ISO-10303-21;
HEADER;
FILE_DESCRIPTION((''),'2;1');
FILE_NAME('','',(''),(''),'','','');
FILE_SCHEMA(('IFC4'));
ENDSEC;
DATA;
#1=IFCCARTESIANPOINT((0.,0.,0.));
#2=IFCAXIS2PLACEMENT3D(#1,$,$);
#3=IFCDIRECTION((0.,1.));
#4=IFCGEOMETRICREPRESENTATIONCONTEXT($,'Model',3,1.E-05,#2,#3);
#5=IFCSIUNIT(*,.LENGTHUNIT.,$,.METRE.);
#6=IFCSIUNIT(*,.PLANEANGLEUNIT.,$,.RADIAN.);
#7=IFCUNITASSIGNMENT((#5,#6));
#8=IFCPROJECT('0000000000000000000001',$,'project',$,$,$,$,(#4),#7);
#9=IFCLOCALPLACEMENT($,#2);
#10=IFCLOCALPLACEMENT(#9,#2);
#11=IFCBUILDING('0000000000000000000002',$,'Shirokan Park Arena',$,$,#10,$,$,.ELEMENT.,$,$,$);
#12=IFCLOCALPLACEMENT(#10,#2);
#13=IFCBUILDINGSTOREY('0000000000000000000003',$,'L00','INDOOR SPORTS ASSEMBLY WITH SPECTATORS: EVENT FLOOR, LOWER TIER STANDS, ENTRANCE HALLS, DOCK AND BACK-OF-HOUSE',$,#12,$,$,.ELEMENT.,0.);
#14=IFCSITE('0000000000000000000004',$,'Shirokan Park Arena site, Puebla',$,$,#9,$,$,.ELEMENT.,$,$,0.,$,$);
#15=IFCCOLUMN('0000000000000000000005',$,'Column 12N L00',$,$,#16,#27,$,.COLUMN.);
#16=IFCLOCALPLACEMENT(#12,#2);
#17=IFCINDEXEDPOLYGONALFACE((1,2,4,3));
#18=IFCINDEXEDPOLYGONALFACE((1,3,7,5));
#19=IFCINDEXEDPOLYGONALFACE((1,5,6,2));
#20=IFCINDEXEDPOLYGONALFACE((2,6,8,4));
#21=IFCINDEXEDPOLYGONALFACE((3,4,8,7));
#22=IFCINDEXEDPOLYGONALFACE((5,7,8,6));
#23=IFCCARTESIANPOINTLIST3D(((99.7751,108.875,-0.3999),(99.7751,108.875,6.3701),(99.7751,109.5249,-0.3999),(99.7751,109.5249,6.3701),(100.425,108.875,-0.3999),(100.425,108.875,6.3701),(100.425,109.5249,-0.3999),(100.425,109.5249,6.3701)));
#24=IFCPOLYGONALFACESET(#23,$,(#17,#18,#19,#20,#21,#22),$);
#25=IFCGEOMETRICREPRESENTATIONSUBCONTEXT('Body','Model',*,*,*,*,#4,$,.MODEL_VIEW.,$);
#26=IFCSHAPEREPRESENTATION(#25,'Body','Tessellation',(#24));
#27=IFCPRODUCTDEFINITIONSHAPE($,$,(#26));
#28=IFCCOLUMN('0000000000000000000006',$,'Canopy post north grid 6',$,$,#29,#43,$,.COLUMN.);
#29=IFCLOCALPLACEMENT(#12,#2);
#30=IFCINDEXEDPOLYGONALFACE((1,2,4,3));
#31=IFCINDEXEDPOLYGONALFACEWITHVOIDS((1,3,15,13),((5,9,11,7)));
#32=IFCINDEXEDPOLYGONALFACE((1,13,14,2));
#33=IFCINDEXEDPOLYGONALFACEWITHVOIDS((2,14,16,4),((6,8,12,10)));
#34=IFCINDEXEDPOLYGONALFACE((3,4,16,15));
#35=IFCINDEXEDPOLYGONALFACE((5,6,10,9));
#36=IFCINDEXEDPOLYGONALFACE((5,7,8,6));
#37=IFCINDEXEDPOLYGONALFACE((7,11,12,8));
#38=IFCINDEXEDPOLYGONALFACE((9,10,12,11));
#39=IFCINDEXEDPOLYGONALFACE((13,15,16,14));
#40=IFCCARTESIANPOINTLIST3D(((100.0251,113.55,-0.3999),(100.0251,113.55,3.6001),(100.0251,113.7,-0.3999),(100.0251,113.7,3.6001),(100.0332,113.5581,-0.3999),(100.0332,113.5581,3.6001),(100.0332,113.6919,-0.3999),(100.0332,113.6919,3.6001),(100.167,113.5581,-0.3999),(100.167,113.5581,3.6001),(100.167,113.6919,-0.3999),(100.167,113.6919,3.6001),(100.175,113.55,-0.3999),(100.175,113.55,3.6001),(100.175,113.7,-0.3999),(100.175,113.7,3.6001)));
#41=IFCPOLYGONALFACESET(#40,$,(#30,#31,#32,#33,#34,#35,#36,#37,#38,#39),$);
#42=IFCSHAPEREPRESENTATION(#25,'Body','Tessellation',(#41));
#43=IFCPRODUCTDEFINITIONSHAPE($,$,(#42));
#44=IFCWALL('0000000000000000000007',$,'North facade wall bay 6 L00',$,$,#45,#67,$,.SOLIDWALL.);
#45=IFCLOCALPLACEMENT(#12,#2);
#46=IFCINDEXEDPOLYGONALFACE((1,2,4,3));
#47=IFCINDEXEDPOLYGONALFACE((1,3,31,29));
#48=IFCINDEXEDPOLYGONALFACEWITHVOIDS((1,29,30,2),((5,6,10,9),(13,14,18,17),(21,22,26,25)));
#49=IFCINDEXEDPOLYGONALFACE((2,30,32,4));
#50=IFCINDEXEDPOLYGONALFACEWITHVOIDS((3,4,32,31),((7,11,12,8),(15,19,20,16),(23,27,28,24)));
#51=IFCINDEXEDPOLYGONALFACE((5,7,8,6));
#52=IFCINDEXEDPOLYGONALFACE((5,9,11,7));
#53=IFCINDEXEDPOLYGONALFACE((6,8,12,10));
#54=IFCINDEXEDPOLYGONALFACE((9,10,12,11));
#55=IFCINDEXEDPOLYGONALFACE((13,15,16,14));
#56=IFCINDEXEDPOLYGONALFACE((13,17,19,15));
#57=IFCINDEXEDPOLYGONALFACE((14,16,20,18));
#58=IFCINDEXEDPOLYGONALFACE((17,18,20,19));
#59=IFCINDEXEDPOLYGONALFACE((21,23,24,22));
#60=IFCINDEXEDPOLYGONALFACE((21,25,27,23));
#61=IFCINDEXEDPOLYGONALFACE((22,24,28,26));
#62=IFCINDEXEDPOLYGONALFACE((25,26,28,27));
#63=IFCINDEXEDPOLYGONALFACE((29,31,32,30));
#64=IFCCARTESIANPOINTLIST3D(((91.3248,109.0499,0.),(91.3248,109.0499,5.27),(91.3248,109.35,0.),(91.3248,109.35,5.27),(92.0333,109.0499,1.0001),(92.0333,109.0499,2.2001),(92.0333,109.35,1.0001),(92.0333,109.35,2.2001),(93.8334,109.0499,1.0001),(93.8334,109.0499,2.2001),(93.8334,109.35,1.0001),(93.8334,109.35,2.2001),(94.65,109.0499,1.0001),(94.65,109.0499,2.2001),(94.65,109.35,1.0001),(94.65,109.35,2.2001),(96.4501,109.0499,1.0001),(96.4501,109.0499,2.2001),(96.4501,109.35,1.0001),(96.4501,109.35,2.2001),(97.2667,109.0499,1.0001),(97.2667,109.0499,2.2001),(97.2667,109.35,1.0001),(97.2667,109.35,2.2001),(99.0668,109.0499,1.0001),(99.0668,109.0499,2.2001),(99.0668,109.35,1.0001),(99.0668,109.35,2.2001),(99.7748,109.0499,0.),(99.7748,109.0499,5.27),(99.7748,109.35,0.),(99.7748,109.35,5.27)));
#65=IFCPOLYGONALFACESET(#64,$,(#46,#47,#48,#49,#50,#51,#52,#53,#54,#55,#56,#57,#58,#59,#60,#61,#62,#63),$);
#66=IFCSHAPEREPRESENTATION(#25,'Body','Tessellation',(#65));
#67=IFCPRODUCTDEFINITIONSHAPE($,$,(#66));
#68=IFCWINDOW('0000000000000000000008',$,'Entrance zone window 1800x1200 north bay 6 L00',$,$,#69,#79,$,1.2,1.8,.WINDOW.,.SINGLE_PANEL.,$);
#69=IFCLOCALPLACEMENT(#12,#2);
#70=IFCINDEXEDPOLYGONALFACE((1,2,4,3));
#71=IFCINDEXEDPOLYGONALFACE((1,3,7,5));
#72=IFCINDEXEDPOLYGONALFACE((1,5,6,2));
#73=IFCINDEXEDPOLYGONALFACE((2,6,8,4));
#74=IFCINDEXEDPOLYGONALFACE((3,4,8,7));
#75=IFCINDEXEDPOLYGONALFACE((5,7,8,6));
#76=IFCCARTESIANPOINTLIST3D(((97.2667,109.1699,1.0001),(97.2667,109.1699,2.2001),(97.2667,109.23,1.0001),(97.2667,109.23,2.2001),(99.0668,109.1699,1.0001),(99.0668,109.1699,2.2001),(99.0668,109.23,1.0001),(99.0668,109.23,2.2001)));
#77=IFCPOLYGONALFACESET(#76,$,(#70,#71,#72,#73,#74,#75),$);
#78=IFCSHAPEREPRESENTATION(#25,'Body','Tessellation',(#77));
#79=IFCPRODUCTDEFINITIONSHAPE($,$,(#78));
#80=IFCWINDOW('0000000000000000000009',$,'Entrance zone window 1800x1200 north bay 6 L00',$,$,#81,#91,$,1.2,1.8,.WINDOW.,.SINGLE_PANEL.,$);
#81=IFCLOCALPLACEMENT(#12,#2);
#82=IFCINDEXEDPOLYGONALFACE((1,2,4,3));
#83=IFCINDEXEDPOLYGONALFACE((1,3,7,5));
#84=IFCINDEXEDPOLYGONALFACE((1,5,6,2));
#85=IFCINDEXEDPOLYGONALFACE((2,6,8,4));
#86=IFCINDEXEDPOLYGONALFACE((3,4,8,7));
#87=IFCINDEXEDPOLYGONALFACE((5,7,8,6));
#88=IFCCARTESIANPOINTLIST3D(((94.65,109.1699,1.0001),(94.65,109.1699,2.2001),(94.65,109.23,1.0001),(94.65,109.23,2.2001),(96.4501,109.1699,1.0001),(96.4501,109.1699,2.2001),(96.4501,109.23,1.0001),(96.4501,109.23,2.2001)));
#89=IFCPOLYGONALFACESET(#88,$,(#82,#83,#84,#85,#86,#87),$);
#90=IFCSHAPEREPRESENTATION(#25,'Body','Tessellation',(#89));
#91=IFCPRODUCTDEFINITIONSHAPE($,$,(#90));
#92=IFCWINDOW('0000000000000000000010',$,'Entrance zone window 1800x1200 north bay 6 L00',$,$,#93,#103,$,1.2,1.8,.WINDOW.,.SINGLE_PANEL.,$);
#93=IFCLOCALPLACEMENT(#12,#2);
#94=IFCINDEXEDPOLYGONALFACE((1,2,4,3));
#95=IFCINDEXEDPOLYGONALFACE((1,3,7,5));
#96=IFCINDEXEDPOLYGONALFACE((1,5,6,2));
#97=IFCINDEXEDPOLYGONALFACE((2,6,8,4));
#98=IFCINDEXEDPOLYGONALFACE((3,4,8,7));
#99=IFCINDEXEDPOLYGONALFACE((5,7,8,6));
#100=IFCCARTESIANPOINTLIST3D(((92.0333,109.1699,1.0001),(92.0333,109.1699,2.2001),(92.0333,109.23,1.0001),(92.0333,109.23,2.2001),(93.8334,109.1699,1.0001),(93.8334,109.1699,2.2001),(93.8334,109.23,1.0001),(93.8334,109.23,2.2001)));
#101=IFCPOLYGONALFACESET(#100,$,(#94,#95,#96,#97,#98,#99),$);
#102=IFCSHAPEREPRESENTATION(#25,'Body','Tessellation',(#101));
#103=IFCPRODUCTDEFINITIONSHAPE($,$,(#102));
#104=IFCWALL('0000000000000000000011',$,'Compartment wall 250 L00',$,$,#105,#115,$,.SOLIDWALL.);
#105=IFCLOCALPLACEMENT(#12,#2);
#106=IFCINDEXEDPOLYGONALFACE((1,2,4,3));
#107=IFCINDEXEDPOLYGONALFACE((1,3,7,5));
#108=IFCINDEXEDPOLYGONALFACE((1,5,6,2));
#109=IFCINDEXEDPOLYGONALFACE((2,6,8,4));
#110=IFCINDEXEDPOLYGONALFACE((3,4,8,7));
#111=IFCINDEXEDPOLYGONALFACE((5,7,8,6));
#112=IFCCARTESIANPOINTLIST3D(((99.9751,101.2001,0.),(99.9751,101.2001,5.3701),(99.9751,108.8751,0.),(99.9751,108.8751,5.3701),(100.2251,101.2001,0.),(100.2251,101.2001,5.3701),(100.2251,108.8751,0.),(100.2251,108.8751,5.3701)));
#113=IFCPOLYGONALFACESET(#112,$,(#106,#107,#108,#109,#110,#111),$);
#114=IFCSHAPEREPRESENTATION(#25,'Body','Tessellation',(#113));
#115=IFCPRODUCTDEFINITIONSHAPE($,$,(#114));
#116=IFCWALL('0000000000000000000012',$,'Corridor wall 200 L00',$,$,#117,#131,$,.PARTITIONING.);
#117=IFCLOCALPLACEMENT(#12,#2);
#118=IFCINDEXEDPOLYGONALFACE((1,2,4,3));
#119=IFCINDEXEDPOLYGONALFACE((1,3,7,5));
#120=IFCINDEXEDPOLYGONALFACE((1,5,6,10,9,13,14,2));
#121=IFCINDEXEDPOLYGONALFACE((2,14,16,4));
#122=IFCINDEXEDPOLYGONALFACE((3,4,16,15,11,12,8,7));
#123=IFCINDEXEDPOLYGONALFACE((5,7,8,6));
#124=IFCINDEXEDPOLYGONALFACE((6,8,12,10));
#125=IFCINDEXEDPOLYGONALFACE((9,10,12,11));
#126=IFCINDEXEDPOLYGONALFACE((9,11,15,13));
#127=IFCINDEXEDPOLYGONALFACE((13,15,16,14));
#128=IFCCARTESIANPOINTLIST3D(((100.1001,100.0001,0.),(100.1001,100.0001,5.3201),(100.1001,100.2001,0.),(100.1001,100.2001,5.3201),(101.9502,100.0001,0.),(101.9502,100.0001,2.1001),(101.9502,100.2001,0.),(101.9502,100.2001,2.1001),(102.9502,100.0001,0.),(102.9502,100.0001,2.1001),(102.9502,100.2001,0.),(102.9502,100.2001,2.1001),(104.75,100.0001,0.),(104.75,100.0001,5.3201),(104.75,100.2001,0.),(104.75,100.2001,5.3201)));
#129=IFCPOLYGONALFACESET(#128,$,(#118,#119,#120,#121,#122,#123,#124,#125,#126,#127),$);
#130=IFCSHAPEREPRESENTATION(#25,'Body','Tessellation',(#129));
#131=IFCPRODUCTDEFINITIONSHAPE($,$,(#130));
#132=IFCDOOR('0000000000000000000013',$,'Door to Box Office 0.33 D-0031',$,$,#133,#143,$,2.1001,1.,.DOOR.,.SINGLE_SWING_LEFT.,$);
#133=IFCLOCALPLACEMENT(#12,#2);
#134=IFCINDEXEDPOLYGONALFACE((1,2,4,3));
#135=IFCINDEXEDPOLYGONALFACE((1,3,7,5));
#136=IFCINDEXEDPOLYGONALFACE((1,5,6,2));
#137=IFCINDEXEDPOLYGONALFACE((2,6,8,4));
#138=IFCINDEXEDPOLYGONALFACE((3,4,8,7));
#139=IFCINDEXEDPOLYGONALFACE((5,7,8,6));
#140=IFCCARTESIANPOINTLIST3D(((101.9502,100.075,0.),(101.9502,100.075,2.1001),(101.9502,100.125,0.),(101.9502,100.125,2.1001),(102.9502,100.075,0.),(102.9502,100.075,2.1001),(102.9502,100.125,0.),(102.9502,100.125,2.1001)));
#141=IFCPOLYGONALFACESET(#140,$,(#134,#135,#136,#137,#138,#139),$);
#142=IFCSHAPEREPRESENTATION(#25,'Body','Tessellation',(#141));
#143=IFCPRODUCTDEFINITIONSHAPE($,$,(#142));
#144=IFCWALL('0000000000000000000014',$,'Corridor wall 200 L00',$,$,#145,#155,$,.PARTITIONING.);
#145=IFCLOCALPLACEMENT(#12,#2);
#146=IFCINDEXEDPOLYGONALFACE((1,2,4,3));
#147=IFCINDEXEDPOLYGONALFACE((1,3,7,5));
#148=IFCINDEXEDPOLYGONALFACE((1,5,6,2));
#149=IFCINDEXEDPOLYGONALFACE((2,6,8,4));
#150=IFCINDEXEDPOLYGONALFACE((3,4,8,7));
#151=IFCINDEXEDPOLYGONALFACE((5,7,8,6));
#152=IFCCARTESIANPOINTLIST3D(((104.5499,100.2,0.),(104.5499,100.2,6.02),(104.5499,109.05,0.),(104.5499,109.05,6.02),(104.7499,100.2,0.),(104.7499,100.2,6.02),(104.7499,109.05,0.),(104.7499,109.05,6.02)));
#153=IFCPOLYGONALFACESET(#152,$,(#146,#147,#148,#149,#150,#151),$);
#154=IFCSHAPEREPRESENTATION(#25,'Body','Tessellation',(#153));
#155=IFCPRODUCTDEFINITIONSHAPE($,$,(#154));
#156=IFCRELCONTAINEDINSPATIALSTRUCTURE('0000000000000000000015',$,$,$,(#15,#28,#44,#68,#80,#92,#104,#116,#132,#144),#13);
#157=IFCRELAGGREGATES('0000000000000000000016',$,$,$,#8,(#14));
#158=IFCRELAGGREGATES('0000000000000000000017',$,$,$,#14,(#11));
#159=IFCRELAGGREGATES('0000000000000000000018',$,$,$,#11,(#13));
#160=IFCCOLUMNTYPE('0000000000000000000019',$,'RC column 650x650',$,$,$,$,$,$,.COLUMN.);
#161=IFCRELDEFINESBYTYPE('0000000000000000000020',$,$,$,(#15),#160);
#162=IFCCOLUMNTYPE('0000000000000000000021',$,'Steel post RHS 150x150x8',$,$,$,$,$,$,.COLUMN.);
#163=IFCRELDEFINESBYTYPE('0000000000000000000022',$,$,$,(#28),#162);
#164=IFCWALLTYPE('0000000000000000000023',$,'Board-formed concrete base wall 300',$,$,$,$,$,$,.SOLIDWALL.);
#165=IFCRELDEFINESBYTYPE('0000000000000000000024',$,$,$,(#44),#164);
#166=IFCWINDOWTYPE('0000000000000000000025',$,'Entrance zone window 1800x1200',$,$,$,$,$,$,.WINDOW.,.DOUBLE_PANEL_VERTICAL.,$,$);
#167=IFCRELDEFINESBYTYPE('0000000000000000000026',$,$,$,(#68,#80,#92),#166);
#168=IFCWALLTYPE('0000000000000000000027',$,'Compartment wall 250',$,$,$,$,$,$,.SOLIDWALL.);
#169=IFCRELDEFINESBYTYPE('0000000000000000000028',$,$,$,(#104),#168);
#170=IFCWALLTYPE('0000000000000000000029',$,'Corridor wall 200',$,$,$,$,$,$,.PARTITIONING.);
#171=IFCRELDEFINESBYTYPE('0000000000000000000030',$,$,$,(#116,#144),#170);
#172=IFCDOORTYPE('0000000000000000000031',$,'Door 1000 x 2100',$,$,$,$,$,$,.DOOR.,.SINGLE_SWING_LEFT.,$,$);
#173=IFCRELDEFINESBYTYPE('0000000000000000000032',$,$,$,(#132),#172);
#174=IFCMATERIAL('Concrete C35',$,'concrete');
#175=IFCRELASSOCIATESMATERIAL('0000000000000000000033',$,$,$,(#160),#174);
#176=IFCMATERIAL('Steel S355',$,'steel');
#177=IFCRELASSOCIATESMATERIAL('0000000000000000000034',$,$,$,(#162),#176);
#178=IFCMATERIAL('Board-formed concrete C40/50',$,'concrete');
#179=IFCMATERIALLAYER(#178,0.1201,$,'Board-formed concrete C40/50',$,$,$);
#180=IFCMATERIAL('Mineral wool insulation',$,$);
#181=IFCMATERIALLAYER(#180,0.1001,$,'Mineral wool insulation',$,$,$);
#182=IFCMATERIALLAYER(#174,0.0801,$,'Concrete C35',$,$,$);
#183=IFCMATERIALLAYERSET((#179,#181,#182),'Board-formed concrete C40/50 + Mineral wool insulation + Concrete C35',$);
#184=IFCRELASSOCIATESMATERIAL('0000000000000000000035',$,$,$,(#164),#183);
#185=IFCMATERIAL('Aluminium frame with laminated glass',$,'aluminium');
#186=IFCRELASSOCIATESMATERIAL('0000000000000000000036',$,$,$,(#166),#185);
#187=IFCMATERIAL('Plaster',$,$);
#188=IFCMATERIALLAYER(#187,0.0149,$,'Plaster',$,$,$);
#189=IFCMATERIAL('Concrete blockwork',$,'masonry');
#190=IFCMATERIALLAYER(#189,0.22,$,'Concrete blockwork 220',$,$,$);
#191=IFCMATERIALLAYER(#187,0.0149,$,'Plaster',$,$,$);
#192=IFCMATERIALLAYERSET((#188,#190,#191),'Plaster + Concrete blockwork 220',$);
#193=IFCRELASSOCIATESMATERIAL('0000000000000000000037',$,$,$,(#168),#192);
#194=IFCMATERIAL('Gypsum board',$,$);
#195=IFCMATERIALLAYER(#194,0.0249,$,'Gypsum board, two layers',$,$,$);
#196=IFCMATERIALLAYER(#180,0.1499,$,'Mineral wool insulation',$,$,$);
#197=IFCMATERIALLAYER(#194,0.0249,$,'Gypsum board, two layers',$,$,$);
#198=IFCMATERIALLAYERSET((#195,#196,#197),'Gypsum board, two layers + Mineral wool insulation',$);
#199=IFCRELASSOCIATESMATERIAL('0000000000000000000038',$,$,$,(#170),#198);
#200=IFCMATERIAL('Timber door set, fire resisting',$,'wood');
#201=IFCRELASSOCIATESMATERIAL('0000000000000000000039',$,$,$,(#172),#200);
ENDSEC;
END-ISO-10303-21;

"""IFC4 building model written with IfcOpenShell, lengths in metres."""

from ifc_helpers import new_model, si_unit, direction, frame, frame_2d, origin, origin_2d, place, context, subcontext, project, spatial, rectangle, hollow_rectangle, extrude, material, layer, layer_set, material_profile, profile_set, type_object, element, fill, save


model = new_model("IFC4")

# Units and contexts
model_context = context("Model", 3, precision=1e-05, world=origin(), true_north=direction((0.0, 1.0)))
body_context = subcontext(model_context, "Body", "Model", "MODEL_VIEW")
ifc_project = project(units=[si_unit("LENGTHUNIT", "METRE"), si_unit("PLANEANGLEUNIT", "RADIAN")], contexts=[model_context])

# Site, building, storey
site_placement = place(None, origin())
site = spatial("IfcSite", under=ifc_project, at=site_placement, Name="Shirokan Park Arena site, Puebla", CompositionType="ELEMENT", RefElevation=0.0)
building_placement = place(site_placement, origin())
building = spatial("IfcBuilding", under=site, at=building_placement, Name="Shirokan Park Arena", CompositionType="ELEMENT")
storey_placement = place(building_placement, origin())
storey = spatial("IfcBuildingStorey", under=building, at=storey_placement, Name="L00", Description="INDOOR SPORTS ASSEMBLY WITH SPECTATORS: EVENT FLOOR, LOWER TIER STANDS, ENTRANCE HALLS, DOCK AND BACK-OF-HOUSE", CompositionType="ELEMENT", Elevation=0.0)

# Columns
ifc_material_1 = material(Name="Concrete C35", Category="concrete")
ifc_material_profile_1 = material_profile(ifc_material_1, rectangle(XDim=0.6499, YDim=0.6499, at=origin_2d()), Name="650x650")
ifc_profile_set_1 = profile_set([ifc_material_profile_1], Name="Concrete C35")
column_type_1 = type_object("IfcColumnType", Name="RC column 650x650", PredefinedType="COLUMN", material=ifc_profile_set_1)
column_1_placement = place(storey_placement, frame((100.1001, 109.2, -0.3999), z_axis=(0.0, 0.0, 1.0), x_axis=(1.0, 0.0, 0.0)))
element("IfcColumn", 1, at=column_1_placement, inside=storey, type_object=column_type_1, Name="Column 12N L00", PredefinedType="COLUMN", context=body_context, shape_type="SweptSolid", body=[
    extrude(rectangle(XDim=0.6499, YDim=0.6499, at=origin_2d()), origin(), (0.0, 0.0, 1.0), 6.77),
])
ifc_material_2 = material(Name="Steel S355", Category="steel")
ifc_material_profile_2 = material_profile(ifc_material_2, hollow_rectangle(XDim=0.1499, YDim=0.1499, WallThickness=0.0081, at=origin_2d()), Name="RHS 150x150x8")
ifc_profile_set_2 = profile_set([ifc_material_profile_2], Name="Steel S355")
column_type_2 = type_object("IfcColumnType", Name="Steel post RHS 150x150x8", PredefinedType="COLUMN", material=ifc_profile_set_2)
column_2_placement = place(storey_placement, frame((100.1001, 113.625, -0.3999), z_axis=(0.0, 0.0, 1.0), x_axis=(1.0, 0.0, 0.0)))
element("IfcColumn", 2, at=column_2_placement, inside=storey, type_object=column_type_2, Name="Canopy post north grid 6", PredefinedType="COLUMN", context=body_context, shape_type="SweptSolid", body=[
    extrude(hollow_rectangle(XDim=0.1499, YDim=0.1499, WallThickness=0.0081, at=origin_2d()), origin(), (0.0, 0.0, 1.0), 4.0),
])

# Wall, openings, windows
ifc_material_3 = material(Name="Board-formed concrete C40/50", Category="concrete")
ifc_layer_1 = layer(ifc_material_3, 0.1201, Name="Board-formed concrete C40/50")
ifc_material_4 = material(Name="Mineral wool insulation")
ifc_layer_2 = layer(ifc_material_4, 0.1001, Name="Mineral wool insulation")
ifc_layer_3 = layer(ifc_material_1, 0.0801, Name="Concrete C35")
ifc_layer_set_1 = layer_set([ifc_layer_1, ifc_layer_2, ifc_layer_3], Name="Board-formed concrete C40/50 + Mineral wool insulation + Concrete C35")
wall_type_1 = type_object("IfcWallType", Name="Board-formed concrete base wall 300", PredefinedType="SOLIDWALL", material=ifc_layer_set_1)
wall_1_placement = place(storey_placement, frame((99.7749, 109.2, 0.0), z_axis=(0.0, 0.0, 1.0), x_axis=(-1.0, 0.0, 0.0)))
wall_1 = element("IfcWall", 3, at=wall_1_placement, inside=storey, type_object=wall_type_1, Name="North facade wall bay 6 L00", PredefinedType="SOLIDWALL", context=body_context, shape_type="SweptSolid", body=[
    extrude(rectangle(XDim=8.45, YDim=0.3, at=frame_2d((4.2251, 0.0))), origin(), (0.0, 0.0, 1.0), 5.27),
])
opening_1_placement = place(wall_1_placement, frame((0.7083, 0.0, 1.0)))
opening_1 = element("IfcOpeningElement", 4, at=opening_1_placement, cuts=wall_1, PredefinedType="OPENING", context=body_context, shape_type="SweptSolid", body=[
    extrude(rectangle(XDim=1.8, YDim=1.2, at=frame_2d((0.8999, 0.6001))), frame((0.0, 0.1599, 0.0), z_axis=(0.0, -1.0, 0.0), x_axis=(1.0, 0.0, 0.0)), (0.0, 0.0, 1.0), 0.3201),
])
opening_2_placement = place(wall_1_placement, frame((3.325, 0.0, 1.0)))
opening_2 = element("IfcOpeningElement", 5, at=opening_2_placement, cuts=wall_1, PredefinedType="OPENING", context=body_context, shape_type="SweptSolid", body=[
    extrude(rectangle(XDim=1.8, YDim=1.2, at=frame_2d((0.8999, 0.6001))), frame((0.0, 0.1599, 0.0), z_axis=(0.0, -1.0, 0.0), x_axis=(1.0, 0.0, 0.0)), (0.0, 0.0, 1.0), 0.3201),
])
opening_3_placement = place(wall_1_placement, frame((5.9417, 0.0, 1.0)))
opening_3 = element("IfcOpeningElement", 6, at=opening_3_placement, cuts=wall_1, PredefinedType="OPENING", context=body_context, shape_type="SweptSolid", body=[
    extrude(rectangle(XDim=1.8, YDim=1.2, at=frame_2d((0.8999, 0.6001))), frame((0.0, 0.1599, 0.0), z_axis=(0.0, -1.0, 0.0), x_axis=(1.0, 0.0, 0.0)), (0.0, 0.0, 1.0), 0.3201),
])
ifc_material_5 = material(Name="Aluminium frame with laminated glass", Category="aluminium")
window_type = type_object("IfcWindowType", Name="Entrance zone window 1800x1200", PartitioningType="DOUBLE_PANEL_VERTICAL", PredefinedType="WINDOW", material=ifc_material_5)
window_1_placement = place(opening_1_placement, origin())
window_1 = element("IfcWindow", 7, at=window_1_placement, inside=storey, type_object=window_type, Name="Entrance zone window 1800x1200 north bay 6 L00", OverallHeight=1.2, OverallWidth=1.8, PartitioningType="SINGLE_PANEL", PredefinedType="WINDOW", context=body_context, shape_type="SweptSolid", body=[
    extrude(rectangle(XDim=1.8, YDim=1.2, at=frame_2d((0.8999, 0.6001))), frame((0.0, 0.03, 0.0), z_axis=(0.0, -1.0, 0.0), x_axis=(1.0, 0.0, 0.0)), (0.0, 0.0, 1.0), 0.0601),
])
fill(opening_1, window_1)
window_2_placement = place(opening_2_placement, origin())
window_2 = element("IfcWindow", 8, at=window_2_placement, inside=storey, type_object=window_type, Name="Entrance zone window 1800x1200 north bay 6 L00", OverallHeight=1.2, OverallWidth=1.8, PartitioningType="SINGLE_PANEL", PredefinedType="WINDOW", context=body_context, shape_type="SweptSolid", body=[
    extrude(rectangle(XDim=1.8, YDim=1.2, at=frame_2d((0.8999, 0.6001))), frame((0.0, 0.03, 0.0), z_axis=(0.0, -1.0, 0.0), x_axis=(1.0, 0.0, 0.0)), (0.0, 0.0, 1.0), 0.0601),
])
fill(opening_2, window_2)
window_3_placement = place(opening_3_placement, origin())
window_3 = element("IfcWindow", 9, at=window_3_placement, inside=storey, type_object=window_type, Name="Entrance zone window 1800x1200 north bay 6 L00", OverallHeight=1.2, OverallWidth=1.8, PartitioningType="SINGLE_PANEL", PredefinedType="WINDOW", context=body_context, shape_type="SweptSolid", body=[
    extrude(rectangle(XDim=1.8, YDim=1.2, at=frame_2d((0.8999, 0.6001))), frame((0.0, 0.03, 0.0), z_axis=(0.0, -1.0, 0.0), x_axis=(1.0, 0.0, 0.0)), (0.0, 0.0, 1.0), 0.0601),
])
fill(opening_3, window_3)

# Wall
ifc_material_6 = material(Name="Plaster")
ifc_layer_4 = layer(ifc_material_6, 0.0149, Name="Plaster")
ifc_material_7 = material(Name="Concrete blockwork", Category="masonry")
ifc_layer_5 = layer(ifc_material_7, 0.22, Name="Concrete blockwork 220")
ifc_layer_6 = layer(ifc_material_6, 0.0149, Name="Plaster")
ifc_layer_set_2 = layer_set([ifc_layer_4, ifc_layer_5, ifc_layer_6], Name="Plaster + Concrete blockwork 220")
wall_type_2 = type_object("IfcWallType", Name="Compartment wall 250", PredefinedType="SOLIDWALL", material=ifc_layer_set_2)
wall_2_placement = place(storey_placement, frame((100.1001, 108.875, 0.0), z_axis=(0.0, 0.0, 1.0), x_axis=(0.0, -1.0, 0.0)))
element("IfcWall", 10, at=wall_2_placement, inside=storey, type_object=wall_type_2, Name="Compartment wall 250 L00", PredefinedType="SOLIDWALL", context=body_context, shape_type="SweptSolid", body=[
    extrude(rectangle(XDim=7.675, YDim=0.25, at=frame_2d((3.8374, 0.0))), origin(), (0.0, 0.0, 1.0), 5.3701),
])

# Wall, opening, door
ifc_material_8 = material(Name="Gypsum board")
ifc_layer_7 = layer(ifc_material_8, 0.0249, Name="Gypsum board, two layers")
ifc_layer_8 = layer(ifc_material_4, 0.1499, Name="Mineral wool insulation")
ifc_layer_9 = layer(ifc_material_8, 0.0249, Name="Gypsum board, two layers")
ifc_layer_set_3 = layer_set([ifc_layer_7, ifc_layer_8, ifc_layer_9], Name="Gypsum board, two layers + Mineral wool insulation")
wall_type_3 = type_object("IfcWallType", Name="Corridor wall 200", PredefinedType="PARTITIONING", material=ifc_layer_set_3)
wall_3_placement = place(storey_placement, frame((100.1001, 100.1001, 0.0), z_axis=(0.0, 0.0, 1.0), x_axis=(1.0, 0.0, 0.0)))
wall_3 = element("IfcWall", 11, at=wall_3_placement, inside=storey, type_object=wall_type_3, Name="Corridor wall 200 L00", PredefinedType="PARTITIONING", context=body_context, shape_type="SweptSolid", body=[
    extrude(rectangle(XDim=4.6499, YDim=0.2, at=frame_2d((2.325, 0.0))), origin(), (0.0, 0.0, 1.0), 5.3201),
])
opening_4_placement = place(wall_3_placement, frame((1.8501, 0.0, 0.0)))
opening_4 = element("IfcOpeningElement", 12, at=opening_4_placement, cuts=wall_3, PredefinedType="OPENING", context=body_context, shape_type="SweptSolid", body=[
    extrude(rectangle(XDim=1.0, YDim=2.1001, at=frame_2d((0.5, 1.05))), frame((0.0, 0.1099, 0.0), z_axis=(0.0, -1.0, 0.0), x_axis=(1.0, 0.0, 0.0)), (0.0, 0.0, 1.0), 0.22),
])
ifc_material_9 = material(Name="Timber door set, fire resisting", Category="wood")
door_type = type_object("IfcDoorType", Name="Door 1000 x 2100", OperationType="SINGLE_SWING_LEFT", PredefinedType="DOOR", material=ifc_material_9)
door_placement = place(opening_4_placement, origin())
door = element("IfcDoor", 13, at=door_placement, inside=storey, type_object=door_type, Name="Door to Box Office 0.33 D-0031", OperationType="SINGLE_SWING_LEFT", OverallHeight=2.1001, OverallWidth=1.0, PredefinedType="DOOR", context=body_context, shape_type="SweptSolid", body=[
    extrude(rectangle(XDim=1.0, YDim=2.1001, at=frame_2d((0.5, 1.05))), frame((0.0, 0.0249, 0.0), z_axis=(0.0, -1.0, 0.0), x_axis=(1.0, 0.0, 0.0)), (0.0, 0.0, 1.0), 0.05),
])
fill(opening_4, door)

# Wall
wall_4_placement = place(storey_placement, frame((104.6499, 100.2, 0.0), z_axis=(0.0, 0.0, 1.0), x_axis=(0.0, 1.0, 0.0)))
element("IfcWall", 14, at=wall_4_placement, inside=storey, type_object=wall_type_3, Name="Corridor wall 200 L00", PredefinedType="PARTITIONING", context=body_context, shape_type="SweptSolid", body=[
    extrude(rectangle(XDim=8.8501, YDim=0.2, at=frame_2d((4.425, 0.0))), origin(), (0.0, 0.0, 1.0), 6.02),
])

save(model, "model.ifc")
